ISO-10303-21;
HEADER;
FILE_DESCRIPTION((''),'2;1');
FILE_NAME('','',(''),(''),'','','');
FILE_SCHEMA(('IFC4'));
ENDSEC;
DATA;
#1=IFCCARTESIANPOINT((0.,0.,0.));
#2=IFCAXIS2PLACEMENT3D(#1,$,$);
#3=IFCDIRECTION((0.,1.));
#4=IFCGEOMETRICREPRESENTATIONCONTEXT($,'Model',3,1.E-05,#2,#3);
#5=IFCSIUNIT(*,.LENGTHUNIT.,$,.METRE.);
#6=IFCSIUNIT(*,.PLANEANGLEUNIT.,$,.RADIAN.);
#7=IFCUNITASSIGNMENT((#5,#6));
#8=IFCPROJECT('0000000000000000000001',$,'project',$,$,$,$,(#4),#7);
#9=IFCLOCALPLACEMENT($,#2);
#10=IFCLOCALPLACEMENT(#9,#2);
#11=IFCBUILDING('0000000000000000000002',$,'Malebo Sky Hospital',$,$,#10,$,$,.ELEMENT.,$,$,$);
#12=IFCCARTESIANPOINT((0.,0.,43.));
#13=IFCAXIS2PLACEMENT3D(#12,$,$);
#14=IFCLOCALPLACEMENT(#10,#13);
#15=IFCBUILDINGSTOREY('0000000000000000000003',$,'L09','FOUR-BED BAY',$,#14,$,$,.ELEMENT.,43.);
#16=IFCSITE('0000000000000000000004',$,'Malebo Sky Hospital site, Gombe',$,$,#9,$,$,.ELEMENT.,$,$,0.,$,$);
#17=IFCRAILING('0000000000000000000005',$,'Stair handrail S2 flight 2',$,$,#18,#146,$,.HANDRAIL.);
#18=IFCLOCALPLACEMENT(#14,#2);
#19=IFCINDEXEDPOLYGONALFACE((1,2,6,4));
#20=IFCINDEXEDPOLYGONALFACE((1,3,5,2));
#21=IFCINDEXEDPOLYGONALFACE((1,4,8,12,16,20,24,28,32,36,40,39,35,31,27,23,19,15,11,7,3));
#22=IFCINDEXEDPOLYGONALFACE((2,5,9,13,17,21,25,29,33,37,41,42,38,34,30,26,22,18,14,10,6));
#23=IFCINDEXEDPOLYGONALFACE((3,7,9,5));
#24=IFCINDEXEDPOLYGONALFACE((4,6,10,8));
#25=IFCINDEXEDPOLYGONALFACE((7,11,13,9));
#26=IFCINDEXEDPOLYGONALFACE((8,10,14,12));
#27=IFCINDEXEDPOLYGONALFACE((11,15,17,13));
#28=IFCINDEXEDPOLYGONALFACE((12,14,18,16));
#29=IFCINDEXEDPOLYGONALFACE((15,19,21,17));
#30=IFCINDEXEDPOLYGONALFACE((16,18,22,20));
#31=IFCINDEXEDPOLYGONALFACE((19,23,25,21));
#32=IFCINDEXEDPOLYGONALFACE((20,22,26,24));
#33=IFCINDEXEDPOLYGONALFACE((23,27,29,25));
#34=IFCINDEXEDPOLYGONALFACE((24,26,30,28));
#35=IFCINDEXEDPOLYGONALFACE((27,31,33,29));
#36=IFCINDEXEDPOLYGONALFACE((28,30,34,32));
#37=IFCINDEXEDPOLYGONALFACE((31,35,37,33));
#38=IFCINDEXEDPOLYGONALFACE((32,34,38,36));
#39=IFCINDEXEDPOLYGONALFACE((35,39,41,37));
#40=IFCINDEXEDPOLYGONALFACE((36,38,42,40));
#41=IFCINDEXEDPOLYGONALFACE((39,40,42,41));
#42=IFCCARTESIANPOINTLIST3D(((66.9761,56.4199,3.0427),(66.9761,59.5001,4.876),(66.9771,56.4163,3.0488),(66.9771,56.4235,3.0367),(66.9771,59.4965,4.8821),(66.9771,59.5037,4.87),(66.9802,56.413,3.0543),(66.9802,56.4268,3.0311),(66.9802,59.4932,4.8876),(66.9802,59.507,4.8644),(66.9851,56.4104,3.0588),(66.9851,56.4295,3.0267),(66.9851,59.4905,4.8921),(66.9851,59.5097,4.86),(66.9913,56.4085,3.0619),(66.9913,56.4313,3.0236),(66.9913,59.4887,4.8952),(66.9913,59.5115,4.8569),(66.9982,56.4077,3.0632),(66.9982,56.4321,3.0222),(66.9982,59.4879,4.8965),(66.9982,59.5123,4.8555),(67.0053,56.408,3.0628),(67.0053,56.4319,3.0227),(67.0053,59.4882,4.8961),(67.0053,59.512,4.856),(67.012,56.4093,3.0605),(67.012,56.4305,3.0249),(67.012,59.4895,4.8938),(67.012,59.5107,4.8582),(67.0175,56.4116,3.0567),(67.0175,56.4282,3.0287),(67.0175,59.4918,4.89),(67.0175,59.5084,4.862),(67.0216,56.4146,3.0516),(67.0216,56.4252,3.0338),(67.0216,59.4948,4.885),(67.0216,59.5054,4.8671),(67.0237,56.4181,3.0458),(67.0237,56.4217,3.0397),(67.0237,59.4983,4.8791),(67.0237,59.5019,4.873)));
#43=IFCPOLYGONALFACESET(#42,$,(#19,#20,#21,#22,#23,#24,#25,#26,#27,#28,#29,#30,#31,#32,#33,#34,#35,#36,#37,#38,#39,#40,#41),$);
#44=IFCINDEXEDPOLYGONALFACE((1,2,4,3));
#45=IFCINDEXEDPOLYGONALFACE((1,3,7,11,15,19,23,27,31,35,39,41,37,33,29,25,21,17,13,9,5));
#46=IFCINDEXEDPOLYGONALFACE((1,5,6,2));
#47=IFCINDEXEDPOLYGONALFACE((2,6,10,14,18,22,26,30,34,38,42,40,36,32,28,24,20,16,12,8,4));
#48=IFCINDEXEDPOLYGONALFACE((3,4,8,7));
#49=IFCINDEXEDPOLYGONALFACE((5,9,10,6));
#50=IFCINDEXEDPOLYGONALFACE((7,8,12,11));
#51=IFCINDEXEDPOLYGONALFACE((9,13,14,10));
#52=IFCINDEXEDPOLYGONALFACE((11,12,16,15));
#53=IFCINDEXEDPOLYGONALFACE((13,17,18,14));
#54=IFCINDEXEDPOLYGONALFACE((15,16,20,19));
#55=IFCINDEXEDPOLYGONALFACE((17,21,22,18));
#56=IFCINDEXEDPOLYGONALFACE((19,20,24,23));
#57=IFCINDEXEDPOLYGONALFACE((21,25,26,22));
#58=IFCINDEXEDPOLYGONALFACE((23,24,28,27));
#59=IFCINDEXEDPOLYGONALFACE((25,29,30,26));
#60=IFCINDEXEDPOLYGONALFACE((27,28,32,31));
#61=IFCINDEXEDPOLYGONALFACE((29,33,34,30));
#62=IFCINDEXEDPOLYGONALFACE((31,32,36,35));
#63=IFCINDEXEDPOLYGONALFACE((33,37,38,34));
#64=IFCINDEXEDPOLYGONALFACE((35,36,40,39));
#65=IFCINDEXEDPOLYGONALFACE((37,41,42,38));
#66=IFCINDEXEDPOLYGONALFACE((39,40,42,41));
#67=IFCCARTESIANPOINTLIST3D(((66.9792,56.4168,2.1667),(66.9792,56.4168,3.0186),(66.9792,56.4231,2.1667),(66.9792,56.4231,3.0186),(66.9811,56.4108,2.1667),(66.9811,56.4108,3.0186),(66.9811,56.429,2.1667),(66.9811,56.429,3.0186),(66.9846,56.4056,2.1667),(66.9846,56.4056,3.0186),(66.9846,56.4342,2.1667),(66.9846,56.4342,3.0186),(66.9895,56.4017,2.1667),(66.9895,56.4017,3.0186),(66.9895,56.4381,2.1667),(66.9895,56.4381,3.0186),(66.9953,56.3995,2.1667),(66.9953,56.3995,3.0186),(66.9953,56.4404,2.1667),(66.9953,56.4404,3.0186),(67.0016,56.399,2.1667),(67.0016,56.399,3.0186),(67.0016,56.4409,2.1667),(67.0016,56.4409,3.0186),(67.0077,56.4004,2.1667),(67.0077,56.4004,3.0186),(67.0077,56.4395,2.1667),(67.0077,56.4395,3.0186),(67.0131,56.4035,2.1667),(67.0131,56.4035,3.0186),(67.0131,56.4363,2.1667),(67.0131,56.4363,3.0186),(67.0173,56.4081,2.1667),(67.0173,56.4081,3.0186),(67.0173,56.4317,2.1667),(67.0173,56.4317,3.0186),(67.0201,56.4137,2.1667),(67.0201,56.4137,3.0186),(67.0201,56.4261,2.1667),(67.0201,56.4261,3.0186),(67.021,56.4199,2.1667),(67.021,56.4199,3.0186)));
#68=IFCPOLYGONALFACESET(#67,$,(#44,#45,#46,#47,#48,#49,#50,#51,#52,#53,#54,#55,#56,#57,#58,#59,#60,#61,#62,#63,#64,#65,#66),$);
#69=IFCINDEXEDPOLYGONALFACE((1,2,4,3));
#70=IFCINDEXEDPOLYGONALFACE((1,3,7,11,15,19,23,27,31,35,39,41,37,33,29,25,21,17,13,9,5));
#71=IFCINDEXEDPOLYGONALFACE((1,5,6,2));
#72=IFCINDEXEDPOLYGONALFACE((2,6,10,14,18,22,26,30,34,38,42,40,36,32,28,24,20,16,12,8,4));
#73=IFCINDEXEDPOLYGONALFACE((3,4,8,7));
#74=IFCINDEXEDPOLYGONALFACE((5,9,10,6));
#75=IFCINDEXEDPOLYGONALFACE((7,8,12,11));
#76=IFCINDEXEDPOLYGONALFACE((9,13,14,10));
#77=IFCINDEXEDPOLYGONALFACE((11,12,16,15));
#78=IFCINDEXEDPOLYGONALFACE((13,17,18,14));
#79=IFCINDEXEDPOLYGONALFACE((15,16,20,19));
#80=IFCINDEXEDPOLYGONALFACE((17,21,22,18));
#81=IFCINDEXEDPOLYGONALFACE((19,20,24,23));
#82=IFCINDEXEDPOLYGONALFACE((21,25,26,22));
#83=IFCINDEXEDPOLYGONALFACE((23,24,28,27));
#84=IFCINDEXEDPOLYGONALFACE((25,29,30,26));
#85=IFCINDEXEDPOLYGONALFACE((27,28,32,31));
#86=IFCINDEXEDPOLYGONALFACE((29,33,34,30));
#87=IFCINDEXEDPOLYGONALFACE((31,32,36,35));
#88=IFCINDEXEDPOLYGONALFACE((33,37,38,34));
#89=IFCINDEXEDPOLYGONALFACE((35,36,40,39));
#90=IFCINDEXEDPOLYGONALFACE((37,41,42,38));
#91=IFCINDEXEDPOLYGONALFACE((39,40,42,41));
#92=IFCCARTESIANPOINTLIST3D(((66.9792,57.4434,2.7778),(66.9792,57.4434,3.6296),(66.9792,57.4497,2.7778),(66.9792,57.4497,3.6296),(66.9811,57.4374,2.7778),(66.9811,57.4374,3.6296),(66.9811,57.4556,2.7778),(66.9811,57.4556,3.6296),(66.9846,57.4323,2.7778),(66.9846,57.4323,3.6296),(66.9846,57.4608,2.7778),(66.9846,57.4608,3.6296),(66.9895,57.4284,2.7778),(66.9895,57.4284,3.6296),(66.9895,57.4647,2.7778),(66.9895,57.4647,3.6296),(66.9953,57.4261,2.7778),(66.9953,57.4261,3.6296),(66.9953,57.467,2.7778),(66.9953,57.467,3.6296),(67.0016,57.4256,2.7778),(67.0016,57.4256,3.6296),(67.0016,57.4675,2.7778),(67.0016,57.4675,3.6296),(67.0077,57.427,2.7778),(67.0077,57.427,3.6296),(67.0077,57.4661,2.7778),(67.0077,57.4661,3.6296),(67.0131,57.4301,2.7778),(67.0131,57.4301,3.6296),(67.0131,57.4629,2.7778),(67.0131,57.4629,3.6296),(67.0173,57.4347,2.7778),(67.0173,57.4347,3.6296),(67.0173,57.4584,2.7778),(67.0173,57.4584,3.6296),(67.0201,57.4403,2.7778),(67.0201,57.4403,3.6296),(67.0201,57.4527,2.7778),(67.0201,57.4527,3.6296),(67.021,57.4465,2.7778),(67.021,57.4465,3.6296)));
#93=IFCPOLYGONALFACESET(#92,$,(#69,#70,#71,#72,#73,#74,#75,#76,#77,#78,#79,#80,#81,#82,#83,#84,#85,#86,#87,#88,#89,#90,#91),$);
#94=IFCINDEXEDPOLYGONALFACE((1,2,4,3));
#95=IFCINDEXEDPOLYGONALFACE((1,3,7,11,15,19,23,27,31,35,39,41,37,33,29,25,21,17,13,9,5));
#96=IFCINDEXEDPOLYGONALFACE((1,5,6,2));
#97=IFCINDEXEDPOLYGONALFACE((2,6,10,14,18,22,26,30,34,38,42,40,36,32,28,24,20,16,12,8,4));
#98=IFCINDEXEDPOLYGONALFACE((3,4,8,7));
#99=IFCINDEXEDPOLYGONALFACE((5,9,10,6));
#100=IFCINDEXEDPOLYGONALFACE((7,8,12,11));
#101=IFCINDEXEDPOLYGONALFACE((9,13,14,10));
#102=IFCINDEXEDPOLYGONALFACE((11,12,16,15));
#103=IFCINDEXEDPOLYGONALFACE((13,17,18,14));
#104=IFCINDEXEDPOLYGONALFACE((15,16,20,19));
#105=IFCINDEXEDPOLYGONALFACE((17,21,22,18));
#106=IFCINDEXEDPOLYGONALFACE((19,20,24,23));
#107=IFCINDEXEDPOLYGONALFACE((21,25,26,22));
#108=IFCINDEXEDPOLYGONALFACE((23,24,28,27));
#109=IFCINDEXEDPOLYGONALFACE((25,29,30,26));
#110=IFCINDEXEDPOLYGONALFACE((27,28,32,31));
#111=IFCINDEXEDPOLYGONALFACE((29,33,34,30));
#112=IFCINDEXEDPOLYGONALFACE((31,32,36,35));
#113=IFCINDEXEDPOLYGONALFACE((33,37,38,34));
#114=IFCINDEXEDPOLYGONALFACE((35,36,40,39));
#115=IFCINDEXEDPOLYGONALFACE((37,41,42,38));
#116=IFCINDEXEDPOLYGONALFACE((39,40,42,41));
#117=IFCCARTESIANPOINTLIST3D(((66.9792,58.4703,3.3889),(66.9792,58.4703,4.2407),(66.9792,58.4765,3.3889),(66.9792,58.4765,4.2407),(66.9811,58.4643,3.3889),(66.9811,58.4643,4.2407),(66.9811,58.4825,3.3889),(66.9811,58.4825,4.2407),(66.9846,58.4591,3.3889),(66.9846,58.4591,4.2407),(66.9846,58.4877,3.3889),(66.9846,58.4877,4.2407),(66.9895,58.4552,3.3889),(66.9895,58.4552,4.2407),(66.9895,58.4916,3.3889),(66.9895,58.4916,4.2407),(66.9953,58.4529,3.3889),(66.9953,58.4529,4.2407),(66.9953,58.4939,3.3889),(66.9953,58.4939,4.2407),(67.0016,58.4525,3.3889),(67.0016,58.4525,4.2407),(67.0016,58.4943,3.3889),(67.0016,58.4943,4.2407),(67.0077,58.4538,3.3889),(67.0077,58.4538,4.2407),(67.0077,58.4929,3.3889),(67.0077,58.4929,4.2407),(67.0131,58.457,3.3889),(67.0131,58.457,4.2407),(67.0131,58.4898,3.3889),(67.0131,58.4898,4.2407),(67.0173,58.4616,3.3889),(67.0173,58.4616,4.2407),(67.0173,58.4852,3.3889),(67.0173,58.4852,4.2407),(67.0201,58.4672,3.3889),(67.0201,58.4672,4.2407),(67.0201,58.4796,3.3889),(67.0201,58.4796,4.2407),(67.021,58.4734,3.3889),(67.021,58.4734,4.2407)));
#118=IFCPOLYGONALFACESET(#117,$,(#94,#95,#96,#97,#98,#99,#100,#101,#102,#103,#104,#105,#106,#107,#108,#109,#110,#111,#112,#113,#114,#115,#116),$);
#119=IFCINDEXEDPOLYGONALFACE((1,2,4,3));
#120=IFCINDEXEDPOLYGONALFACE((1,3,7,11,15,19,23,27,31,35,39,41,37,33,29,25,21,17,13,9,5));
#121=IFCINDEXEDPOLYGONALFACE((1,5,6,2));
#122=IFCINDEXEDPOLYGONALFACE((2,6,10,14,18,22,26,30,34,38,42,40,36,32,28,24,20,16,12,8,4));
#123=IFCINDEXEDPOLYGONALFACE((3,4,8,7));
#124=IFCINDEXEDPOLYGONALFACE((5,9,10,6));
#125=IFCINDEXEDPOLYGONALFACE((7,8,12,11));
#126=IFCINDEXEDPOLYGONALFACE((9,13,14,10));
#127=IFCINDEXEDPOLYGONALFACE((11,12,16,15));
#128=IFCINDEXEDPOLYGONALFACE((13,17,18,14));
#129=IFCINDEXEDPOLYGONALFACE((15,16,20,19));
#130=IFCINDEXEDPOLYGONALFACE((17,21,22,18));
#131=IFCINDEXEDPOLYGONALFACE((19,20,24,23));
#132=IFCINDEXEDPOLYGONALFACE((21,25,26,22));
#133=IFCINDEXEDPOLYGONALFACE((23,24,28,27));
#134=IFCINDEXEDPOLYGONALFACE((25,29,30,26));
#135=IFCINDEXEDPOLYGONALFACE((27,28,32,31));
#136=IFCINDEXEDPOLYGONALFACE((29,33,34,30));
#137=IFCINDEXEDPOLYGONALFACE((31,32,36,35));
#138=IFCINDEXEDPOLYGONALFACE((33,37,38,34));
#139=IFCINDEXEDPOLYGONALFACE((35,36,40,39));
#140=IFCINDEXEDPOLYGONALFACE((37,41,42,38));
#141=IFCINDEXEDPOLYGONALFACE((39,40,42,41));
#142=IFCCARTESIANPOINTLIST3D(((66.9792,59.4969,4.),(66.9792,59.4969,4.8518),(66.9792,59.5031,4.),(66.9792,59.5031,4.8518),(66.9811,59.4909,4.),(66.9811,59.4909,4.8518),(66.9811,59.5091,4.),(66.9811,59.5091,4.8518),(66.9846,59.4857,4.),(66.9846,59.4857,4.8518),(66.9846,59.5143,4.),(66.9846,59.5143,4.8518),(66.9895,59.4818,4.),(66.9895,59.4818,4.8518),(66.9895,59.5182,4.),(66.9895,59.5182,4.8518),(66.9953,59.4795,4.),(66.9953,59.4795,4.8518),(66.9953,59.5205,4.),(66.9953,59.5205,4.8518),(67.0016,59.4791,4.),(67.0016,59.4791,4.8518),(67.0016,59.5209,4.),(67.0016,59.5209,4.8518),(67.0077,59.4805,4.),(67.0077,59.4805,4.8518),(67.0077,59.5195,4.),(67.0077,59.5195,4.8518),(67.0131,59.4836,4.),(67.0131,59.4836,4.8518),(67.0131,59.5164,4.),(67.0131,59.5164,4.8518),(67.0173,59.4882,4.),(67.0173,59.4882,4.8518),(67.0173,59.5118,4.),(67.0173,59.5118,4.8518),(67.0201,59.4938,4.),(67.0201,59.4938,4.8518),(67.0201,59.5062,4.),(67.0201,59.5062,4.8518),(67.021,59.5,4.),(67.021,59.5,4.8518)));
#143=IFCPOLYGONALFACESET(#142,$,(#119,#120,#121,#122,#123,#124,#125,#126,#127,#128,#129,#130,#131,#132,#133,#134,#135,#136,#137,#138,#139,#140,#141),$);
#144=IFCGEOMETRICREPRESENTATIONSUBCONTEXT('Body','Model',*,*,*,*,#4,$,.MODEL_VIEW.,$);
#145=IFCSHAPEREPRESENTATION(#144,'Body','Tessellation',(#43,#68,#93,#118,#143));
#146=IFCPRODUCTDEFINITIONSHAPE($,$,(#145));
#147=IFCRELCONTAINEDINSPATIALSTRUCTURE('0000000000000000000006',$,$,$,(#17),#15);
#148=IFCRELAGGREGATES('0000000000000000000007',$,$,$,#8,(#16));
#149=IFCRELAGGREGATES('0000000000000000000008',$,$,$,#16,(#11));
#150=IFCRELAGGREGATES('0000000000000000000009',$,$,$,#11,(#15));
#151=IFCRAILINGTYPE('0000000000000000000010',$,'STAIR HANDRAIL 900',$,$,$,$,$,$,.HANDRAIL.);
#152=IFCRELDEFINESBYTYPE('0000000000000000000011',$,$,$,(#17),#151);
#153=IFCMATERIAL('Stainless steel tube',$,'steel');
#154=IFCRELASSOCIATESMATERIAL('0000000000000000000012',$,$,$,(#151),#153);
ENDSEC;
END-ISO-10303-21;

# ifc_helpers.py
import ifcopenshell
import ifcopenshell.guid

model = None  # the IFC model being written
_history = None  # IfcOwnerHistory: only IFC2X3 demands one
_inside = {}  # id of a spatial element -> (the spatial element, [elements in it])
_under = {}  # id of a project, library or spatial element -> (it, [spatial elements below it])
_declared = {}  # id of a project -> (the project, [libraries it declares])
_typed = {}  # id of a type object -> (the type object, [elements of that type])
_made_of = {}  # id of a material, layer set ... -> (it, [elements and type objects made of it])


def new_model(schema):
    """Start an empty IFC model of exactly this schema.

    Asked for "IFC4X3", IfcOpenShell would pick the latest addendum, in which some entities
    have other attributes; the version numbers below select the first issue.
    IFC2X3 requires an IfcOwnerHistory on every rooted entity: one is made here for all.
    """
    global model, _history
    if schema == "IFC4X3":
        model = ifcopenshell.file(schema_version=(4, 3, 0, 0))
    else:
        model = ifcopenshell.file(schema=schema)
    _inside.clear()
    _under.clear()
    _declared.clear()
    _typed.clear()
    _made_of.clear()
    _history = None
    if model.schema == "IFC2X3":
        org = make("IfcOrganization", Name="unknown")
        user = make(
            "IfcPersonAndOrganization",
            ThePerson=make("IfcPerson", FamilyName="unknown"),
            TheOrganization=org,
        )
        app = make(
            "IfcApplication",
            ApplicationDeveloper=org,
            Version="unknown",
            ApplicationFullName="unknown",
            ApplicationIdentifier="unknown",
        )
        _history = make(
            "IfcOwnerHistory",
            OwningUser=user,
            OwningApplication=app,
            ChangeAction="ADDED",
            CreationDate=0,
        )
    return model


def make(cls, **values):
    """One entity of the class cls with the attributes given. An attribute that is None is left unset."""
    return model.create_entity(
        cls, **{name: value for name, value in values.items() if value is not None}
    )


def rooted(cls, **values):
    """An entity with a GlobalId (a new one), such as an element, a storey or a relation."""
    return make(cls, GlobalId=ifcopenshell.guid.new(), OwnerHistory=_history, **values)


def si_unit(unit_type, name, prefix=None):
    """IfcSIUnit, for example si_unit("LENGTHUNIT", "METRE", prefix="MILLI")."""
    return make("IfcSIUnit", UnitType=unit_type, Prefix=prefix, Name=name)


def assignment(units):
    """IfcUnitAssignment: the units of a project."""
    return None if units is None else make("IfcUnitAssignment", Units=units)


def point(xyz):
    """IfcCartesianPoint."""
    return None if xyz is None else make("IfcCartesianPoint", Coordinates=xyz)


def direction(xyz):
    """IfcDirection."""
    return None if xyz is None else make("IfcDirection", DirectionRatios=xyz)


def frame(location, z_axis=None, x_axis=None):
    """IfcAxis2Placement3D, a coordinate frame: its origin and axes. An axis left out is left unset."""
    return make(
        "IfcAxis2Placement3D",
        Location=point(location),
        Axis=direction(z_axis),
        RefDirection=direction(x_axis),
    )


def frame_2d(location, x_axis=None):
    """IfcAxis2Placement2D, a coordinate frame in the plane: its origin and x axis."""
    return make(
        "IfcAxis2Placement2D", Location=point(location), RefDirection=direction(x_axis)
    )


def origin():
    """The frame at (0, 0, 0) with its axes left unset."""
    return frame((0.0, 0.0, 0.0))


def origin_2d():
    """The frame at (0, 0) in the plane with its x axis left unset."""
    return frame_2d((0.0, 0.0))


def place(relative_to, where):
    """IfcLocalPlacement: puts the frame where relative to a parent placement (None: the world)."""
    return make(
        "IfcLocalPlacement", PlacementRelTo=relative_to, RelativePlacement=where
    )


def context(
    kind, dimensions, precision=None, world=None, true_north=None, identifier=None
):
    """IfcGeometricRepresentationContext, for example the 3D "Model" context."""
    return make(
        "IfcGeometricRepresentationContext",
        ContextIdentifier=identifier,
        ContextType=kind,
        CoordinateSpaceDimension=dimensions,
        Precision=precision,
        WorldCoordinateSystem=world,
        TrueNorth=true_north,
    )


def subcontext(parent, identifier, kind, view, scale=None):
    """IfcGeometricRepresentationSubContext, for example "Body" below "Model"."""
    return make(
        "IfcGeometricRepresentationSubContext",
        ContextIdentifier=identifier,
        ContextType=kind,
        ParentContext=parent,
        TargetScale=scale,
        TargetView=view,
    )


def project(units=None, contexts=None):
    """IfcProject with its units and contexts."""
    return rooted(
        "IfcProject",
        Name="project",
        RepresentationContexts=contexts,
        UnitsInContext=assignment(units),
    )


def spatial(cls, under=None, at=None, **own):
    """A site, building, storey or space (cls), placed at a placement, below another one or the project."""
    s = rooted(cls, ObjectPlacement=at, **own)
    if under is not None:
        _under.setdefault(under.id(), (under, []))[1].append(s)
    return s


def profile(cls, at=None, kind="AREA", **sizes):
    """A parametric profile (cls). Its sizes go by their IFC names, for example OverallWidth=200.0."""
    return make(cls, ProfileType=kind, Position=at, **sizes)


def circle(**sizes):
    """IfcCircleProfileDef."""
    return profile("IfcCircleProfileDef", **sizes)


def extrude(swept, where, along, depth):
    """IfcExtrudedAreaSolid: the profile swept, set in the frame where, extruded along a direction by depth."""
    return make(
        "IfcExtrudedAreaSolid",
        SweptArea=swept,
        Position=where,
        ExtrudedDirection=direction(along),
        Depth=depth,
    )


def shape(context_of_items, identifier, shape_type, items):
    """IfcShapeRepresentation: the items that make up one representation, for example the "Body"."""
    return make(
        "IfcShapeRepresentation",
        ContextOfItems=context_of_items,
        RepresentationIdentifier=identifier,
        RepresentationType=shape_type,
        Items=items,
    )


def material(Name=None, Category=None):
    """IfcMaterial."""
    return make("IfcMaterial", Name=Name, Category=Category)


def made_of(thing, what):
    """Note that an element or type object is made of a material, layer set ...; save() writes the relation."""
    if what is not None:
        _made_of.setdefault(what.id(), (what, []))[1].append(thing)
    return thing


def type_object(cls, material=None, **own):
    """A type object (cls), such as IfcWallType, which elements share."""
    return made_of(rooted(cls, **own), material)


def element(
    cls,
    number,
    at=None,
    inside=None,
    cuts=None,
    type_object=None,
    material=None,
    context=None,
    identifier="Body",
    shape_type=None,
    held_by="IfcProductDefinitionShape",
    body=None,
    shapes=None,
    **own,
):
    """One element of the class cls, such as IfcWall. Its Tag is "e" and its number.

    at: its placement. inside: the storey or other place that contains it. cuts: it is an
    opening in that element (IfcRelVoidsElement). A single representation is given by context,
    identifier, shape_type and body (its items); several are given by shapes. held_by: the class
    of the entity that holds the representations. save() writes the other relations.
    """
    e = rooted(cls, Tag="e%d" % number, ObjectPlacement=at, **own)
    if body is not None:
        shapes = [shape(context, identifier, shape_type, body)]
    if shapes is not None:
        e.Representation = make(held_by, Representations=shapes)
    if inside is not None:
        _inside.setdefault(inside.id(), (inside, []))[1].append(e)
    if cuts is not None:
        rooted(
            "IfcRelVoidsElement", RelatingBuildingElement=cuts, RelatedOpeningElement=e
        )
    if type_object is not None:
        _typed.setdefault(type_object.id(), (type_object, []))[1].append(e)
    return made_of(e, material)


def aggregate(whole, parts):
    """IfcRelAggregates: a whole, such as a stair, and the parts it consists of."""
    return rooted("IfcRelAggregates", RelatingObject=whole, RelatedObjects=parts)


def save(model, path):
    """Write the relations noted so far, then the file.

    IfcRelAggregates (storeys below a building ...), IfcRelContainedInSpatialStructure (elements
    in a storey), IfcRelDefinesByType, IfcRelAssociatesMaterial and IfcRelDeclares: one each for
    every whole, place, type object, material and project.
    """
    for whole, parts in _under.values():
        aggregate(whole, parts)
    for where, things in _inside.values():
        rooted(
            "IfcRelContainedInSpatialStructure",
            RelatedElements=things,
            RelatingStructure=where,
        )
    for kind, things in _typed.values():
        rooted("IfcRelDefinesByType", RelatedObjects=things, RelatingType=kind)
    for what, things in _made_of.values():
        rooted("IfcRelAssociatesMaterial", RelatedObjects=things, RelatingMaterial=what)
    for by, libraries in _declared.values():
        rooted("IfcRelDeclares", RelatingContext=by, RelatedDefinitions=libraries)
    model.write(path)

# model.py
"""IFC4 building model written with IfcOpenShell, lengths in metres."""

from ifc_helpers import new_model, si_unit, direction, frame, origin, origin_2d, place, context, subcontext, project, spatial, circle, extrude, material, type_object, element, save


model = new_model("IFC4")

# Units and contexts
model_context = context("Model", 3, precision=1e-05, world=origin(), true_north=direction((0.0, 1.0)))
body_context = subcontext(model_context, "Body", "Model", "MODEL_VIEW")
ifc_project = project(units=[si_unit("LENGTHUNIT", "METRE"), si_unit("PLANEANGLEUNIT", "RADIAN")], contexts=[model_context])

# Site, building, storey
site_placement = place(None, origin())
site = spatial("IfcSite", under=ifc_project, at=site_placement, Name="Malebo Sky Hospital site, Gombe", CompositionType="ELEMENT", RefElevation=0.0)
building_placement = place(site_placement, origin())
building = spatial("IfcBuilding", under=site, at=building_placement, Name="Malebo Sky Hospital", CompositionType="ELEMENT")
storey_placement = place(building_placement, frame((0.0, 0.0, 43.0)))
storey = spatial("IfcBuildingStorey", under=building, at=storey_placement, Name="L09", Description="FOUR-BED BAY", CompositionType="ELEMENT", Elevation=43.0)

# Railing
ifc_material_1 = material(Name="Stainless steel tube", Category="steel")
railing_type = type_object("IfcRailingType", Name="STAIR HANDRAIL 900", PredefinedType="HANDRAIL", material=ifc_material_1)
railing_1_placement = place(storey_placement, frame((67.0, 56.4199, 2.1667)))
element("IfcRailing", 1, at=railing_1_placement, inside=storey, type_object=railing_type, Name="Stair handrail S2 flight 2", PredefinedType="HANDRAIL", context=body_context, shape_type="SweptSolid", body=[
    extrude(circle(Radius=0.0239, at=origin_2d()), frame((0.0, 0.0, 0.876), z_axis=(0.0, 0.859309, 0.511458), x_axis=(-1.0, 0.0, 0.0)), (0.0, 0.0, 1.0), 3.5845),
    extrude(circle(Radius=0.021, at=origin_2d()), origin(), (0.0, 0.0, 1.0), 0.8518),
    extrude(circle(Radius=0.021, at=origin_2d()), frame((0.0, 1.0266, 0.6111)), (0.0, 0.0, 1.0), 0.8518),
    extrude(circle(Radius=0.021, at=origin_2d()), frame((0.0, 2.0535, 1.2222)), (0.0, 0.0, 1.0), 0.8518),
    extrude(circle(Radius=0.021, at=origin_2d()), frame((0.0, 3.0801, 1.8333)), (0.0, 0.0, 1.0), 0.8518),
])

save(model, "model.ifc")
